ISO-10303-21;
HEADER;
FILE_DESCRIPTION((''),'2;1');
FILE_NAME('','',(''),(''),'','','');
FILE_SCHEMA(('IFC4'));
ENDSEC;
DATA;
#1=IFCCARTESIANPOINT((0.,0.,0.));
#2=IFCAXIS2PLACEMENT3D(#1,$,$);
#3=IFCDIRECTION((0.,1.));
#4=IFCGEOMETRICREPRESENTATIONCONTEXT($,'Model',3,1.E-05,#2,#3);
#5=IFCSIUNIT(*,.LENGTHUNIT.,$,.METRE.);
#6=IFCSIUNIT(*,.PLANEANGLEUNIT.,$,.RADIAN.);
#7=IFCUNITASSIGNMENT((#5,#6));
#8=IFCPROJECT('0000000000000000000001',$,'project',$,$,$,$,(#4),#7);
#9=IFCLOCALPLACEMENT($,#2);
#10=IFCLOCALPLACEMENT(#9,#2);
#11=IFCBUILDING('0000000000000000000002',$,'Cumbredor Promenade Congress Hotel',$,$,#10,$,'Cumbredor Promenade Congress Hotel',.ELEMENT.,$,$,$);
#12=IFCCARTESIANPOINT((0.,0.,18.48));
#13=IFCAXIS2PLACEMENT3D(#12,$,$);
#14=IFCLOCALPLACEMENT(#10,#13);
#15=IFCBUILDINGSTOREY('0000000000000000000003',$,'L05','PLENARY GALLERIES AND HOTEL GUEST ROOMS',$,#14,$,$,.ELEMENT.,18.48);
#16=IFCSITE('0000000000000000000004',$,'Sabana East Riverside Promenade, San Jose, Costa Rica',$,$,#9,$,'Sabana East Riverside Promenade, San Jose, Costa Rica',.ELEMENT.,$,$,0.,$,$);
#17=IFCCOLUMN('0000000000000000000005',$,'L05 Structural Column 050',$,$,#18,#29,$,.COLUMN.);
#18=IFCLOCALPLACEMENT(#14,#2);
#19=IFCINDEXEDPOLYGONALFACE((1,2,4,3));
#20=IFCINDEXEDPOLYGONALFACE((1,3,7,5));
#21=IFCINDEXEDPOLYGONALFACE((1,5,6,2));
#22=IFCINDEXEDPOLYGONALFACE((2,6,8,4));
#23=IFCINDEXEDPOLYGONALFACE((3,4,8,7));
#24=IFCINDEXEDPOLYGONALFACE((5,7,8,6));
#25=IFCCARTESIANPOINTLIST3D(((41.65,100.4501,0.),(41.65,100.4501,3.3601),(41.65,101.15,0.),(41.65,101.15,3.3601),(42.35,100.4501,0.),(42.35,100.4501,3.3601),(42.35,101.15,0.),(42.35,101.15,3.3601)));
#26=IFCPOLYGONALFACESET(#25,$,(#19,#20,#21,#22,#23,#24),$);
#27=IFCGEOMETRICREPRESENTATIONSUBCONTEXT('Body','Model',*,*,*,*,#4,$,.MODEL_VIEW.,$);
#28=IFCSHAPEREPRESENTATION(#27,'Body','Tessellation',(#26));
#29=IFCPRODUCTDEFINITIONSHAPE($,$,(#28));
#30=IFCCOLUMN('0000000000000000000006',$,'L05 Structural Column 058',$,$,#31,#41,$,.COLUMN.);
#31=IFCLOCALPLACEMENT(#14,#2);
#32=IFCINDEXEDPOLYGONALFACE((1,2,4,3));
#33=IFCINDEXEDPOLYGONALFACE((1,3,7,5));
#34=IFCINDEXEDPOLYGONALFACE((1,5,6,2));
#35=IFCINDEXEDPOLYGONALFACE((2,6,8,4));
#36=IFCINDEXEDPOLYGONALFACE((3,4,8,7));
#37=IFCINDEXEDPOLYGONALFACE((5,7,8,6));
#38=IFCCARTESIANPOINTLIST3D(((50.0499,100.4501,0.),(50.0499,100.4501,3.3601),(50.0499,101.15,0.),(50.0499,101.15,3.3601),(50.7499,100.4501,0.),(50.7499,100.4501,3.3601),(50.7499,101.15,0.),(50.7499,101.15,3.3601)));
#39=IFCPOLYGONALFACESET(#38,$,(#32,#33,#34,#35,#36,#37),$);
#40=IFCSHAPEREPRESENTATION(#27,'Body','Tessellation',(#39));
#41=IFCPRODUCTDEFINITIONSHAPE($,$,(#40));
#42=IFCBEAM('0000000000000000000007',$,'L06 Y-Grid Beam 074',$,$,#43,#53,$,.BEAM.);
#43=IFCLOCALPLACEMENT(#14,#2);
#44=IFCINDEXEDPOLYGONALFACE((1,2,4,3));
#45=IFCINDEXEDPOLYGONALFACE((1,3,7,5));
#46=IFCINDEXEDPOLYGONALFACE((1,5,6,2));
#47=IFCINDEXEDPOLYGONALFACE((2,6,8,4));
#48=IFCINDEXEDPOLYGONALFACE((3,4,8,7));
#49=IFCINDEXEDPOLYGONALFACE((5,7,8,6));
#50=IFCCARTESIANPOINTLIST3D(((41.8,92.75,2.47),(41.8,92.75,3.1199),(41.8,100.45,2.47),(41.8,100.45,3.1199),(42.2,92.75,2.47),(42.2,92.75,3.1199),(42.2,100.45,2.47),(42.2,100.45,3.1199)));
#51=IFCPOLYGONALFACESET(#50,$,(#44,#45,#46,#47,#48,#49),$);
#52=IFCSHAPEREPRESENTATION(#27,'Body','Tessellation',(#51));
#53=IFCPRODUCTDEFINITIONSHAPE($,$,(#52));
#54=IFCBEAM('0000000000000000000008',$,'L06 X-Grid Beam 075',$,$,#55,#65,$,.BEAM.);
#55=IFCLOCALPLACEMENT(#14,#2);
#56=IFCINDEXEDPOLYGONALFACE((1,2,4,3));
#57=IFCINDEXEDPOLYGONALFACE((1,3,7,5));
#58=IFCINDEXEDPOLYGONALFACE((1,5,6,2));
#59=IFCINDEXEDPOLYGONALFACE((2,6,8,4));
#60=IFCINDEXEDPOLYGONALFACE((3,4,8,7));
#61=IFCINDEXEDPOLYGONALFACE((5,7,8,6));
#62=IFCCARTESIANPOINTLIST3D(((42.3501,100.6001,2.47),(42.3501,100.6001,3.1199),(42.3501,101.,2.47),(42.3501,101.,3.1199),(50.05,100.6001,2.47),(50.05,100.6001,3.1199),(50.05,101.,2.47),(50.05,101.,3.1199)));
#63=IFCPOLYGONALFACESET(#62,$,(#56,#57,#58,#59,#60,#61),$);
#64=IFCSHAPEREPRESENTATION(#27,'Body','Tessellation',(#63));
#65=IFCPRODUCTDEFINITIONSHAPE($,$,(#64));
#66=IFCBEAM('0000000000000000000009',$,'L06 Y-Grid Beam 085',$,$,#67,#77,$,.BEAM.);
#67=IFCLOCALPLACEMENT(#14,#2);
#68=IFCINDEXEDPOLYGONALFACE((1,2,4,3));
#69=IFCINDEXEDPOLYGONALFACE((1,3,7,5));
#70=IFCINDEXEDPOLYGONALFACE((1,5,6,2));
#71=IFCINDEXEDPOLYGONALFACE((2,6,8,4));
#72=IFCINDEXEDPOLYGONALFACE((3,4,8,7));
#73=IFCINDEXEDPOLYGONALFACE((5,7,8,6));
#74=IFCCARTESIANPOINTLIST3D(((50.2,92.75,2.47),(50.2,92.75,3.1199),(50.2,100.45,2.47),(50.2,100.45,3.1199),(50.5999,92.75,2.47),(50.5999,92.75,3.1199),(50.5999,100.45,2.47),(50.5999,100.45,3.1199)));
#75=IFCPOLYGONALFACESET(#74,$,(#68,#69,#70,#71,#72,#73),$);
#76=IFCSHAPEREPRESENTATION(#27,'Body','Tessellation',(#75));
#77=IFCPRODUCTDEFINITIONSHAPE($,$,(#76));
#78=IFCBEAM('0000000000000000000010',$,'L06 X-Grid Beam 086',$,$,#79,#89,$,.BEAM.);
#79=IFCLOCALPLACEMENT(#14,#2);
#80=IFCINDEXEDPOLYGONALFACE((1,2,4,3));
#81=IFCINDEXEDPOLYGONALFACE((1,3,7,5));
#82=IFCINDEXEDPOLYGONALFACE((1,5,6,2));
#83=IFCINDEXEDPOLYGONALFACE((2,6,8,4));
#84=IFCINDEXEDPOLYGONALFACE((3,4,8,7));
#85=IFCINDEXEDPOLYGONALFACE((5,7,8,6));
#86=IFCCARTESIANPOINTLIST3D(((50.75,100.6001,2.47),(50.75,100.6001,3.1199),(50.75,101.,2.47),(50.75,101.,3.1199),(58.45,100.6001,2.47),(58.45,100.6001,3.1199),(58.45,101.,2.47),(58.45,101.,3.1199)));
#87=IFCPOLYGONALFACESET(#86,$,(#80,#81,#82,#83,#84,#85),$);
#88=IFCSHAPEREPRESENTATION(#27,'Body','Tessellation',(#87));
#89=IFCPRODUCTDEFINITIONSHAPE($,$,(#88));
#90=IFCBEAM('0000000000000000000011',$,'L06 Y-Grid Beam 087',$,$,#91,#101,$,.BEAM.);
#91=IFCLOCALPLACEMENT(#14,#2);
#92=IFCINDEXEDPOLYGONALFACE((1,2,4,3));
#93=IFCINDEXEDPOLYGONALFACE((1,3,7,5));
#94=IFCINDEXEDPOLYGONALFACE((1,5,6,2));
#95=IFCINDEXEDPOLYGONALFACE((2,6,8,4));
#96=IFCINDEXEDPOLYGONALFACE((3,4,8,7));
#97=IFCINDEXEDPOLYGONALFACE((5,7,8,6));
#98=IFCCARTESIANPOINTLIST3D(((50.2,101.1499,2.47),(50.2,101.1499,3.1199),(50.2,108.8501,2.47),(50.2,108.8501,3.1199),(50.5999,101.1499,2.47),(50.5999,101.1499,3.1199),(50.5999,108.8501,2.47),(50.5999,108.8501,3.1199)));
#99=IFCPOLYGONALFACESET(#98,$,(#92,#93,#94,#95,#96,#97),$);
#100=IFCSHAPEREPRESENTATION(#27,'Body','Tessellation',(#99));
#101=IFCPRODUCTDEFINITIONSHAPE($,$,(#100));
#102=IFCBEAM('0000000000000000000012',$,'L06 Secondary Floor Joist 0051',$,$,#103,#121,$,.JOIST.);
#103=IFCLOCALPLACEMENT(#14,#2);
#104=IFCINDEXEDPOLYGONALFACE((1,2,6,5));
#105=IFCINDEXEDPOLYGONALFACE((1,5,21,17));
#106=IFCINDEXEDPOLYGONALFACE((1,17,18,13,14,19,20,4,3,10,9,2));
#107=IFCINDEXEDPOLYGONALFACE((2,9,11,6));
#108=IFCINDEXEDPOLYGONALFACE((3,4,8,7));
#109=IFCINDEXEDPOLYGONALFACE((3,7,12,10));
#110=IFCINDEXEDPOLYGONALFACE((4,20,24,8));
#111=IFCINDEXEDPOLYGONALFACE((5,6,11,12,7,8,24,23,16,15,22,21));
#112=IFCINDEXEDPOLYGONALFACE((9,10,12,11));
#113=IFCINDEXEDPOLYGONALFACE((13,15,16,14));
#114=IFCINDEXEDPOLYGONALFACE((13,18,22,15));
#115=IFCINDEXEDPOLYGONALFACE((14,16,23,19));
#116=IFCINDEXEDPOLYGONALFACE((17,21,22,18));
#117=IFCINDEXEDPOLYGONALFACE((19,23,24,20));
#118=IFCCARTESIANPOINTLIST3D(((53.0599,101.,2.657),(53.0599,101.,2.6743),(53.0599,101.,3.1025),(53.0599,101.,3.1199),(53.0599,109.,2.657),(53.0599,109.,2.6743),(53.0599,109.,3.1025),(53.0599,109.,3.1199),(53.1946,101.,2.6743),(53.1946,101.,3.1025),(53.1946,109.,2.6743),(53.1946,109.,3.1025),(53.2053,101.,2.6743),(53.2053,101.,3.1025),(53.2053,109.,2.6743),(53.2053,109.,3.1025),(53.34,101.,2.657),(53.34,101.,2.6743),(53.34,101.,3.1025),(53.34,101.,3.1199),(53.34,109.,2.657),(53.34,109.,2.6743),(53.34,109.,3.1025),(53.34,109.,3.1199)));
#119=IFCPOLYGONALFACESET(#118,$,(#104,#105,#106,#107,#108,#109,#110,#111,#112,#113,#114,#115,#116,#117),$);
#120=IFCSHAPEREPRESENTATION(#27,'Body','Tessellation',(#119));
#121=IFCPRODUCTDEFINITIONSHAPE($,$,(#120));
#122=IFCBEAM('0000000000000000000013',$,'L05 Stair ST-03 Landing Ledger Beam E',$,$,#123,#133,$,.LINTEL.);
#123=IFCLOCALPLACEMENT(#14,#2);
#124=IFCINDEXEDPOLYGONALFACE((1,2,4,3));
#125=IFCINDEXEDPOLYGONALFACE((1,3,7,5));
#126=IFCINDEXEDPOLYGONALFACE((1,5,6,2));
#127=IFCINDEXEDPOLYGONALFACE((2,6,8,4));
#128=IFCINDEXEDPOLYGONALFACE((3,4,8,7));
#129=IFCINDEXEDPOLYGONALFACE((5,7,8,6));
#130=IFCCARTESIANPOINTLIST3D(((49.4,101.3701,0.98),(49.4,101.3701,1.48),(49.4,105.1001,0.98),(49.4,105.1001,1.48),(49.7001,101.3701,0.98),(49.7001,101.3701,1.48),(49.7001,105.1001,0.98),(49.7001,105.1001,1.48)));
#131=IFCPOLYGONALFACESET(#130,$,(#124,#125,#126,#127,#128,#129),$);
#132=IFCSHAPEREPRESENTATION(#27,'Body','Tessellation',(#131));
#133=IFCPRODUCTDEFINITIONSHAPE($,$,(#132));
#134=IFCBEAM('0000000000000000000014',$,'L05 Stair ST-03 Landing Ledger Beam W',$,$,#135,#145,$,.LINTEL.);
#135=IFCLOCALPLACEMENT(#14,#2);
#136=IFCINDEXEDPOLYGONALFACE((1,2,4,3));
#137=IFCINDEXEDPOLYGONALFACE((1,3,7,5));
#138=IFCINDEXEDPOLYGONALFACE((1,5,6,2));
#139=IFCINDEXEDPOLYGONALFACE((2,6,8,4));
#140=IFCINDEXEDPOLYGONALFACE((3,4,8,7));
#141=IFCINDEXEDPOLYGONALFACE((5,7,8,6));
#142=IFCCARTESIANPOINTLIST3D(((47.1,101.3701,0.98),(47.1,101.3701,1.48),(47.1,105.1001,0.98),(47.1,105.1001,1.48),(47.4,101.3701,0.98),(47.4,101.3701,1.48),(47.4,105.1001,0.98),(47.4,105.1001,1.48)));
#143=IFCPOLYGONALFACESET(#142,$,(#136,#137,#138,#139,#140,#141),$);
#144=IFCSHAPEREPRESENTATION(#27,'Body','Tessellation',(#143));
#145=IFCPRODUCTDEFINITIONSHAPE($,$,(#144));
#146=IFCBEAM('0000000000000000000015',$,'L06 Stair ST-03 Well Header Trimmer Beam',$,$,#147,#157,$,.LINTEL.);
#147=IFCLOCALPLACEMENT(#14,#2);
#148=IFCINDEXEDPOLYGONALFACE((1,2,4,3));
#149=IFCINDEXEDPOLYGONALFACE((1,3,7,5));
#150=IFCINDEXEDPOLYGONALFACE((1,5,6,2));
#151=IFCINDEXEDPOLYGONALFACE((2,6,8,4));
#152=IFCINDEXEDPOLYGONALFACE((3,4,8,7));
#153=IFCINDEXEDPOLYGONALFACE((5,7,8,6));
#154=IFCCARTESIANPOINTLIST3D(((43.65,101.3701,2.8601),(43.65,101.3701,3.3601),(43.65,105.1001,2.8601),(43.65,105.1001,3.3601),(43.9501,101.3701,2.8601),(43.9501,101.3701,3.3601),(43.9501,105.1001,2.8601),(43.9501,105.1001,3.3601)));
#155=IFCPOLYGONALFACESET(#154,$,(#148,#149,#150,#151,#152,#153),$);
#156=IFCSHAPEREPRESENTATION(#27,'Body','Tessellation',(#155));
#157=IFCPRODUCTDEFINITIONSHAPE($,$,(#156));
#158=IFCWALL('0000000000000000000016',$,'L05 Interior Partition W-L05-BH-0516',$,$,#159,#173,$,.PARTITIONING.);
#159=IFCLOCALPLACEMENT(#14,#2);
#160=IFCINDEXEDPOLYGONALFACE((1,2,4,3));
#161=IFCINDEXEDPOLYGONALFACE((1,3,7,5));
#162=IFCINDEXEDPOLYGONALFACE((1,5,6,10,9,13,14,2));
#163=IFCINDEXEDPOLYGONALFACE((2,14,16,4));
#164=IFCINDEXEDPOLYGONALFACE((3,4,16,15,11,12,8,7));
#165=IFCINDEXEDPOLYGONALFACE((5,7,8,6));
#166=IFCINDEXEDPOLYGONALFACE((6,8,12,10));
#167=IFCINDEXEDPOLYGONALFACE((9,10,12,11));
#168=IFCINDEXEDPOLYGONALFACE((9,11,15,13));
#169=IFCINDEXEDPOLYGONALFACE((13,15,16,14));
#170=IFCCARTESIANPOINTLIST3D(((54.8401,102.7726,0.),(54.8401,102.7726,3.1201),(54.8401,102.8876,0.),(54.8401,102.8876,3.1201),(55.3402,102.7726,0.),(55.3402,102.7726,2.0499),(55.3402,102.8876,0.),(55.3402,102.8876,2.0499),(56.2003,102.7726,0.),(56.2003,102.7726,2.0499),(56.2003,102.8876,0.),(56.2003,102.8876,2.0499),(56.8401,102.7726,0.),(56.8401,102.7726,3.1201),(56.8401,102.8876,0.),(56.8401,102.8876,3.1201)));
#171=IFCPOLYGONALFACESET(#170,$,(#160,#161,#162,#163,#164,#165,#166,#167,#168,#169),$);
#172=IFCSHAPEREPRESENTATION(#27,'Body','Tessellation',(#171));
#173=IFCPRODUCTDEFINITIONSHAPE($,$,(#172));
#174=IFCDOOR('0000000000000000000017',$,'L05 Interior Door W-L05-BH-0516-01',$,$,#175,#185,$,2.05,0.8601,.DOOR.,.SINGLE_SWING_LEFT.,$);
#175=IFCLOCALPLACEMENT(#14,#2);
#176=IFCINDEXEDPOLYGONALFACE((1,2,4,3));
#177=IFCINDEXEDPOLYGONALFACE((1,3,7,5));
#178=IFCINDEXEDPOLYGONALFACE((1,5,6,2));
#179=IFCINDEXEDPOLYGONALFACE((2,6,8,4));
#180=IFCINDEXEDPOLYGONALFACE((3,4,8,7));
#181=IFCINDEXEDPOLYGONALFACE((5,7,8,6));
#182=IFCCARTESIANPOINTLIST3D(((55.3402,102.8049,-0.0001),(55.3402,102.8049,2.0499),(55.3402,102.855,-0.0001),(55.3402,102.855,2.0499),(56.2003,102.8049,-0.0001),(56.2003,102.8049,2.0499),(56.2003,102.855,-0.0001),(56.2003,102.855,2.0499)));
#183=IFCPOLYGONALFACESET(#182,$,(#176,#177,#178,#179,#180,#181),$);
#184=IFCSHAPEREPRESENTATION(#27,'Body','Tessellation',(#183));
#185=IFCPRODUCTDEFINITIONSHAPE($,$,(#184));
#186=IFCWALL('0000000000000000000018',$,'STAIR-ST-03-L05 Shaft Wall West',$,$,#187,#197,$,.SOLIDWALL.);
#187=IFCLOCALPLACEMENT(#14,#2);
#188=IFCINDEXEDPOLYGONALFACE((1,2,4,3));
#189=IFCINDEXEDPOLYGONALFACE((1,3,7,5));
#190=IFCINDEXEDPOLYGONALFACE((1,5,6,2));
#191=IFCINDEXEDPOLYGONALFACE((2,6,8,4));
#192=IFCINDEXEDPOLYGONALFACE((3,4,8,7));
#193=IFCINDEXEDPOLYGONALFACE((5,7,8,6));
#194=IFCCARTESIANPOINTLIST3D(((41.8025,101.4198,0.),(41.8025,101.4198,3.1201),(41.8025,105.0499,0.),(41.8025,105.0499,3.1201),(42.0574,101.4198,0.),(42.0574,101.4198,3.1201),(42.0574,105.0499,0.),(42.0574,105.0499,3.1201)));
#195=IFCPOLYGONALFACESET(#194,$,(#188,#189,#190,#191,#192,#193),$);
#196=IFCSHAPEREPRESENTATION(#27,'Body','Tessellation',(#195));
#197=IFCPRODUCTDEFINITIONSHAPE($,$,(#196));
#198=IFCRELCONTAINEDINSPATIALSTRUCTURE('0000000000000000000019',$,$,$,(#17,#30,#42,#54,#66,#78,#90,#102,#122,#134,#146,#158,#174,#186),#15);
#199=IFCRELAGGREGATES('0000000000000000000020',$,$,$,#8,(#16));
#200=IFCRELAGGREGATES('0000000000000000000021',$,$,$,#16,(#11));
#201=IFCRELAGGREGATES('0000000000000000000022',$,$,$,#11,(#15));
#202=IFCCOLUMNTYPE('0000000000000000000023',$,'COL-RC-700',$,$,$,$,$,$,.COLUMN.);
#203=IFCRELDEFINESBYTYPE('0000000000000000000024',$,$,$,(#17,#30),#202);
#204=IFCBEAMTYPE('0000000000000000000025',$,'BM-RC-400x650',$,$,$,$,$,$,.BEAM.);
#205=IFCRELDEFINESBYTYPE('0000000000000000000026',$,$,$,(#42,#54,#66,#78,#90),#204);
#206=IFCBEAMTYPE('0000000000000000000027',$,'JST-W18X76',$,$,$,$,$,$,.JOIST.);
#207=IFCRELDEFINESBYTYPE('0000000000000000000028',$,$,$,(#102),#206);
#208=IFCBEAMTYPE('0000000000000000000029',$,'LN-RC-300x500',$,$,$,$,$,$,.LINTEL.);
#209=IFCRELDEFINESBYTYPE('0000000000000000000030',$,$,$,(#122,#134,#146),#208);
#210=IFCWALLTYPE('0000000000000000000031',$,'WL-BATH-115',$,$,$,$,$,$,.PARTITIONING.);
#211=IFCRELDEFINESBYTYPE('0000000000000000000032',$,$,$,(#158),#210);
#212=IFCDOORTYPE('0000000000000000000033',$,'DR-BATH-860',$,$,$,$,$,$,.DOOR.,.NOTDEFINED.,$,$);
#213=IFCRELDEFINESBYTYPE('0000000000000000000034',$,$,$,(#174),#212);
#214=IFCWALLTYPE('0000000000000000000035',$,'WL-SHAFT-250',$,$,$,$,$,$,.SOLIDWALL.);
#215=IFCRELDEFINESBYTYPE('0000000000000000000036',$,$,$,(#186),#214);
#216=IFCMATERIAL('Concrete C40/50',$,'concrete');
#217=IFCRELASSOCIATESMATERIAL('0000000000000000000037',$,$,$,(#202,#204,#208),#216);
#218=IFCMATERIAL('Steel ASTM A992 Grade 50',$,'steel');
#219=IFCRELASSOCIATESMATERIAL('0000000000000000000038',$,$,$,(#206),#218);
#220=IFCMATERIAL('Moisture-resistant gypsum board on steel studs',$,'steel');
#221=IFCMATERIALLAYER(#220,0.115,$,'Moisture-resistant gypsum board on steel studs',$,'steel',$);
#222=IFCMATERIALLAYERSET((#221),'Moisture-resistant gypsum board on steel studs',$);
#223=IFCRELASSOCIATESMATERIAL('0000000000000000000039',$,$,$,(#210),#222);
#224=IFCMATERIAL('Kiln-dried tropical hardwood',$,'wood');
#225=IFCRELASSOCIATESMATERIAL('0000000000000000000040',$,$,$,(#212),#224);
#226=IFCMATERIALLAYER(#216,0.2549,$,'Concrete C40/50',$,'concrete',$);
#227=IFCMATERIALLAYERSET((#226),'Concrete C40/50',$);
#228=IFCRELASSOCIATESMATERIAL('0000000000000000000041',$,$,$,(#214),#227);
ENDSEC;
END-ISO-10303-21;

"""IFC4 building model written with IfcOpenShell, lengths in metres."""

from ifc_helpers import new_model, si_unit, direction, frame, frame_2d, origin, origin_2d, place, context, subcontext, project, spatial, rectangle, i_section, extrude, material, layer, layer_set, material_profile, profile_set, type_object, element, fill, save


model = new_model("IFC4")

# Units and contexts
model_context = context("Model", 3, precision=1e-05, world=origin(), true_north=direction((0.0, 1.0)))
body_context = subcontext(model_context, "Body", "Model", "MODEL_VIEW")
ifc_project = project(units=[si_unit("LENGTHUNIT", "METRE"), si_unit("PLANEANGLEUNIT", "RADIAN")], contexts=[model_context])

# Site, building, storey
site_placement = place(None, origin())
site = spatial("IfcSite", under=ifc_project, at=site_placement, Name="Sabana East Riverside Promenade, San Jose, Costa Rica", LongName="Sabana East Riverside Promenade, San Jose, Costa Rica", CompositionType="ELEMENT", RefElevation=0.0)
building_placement = place(site_placement, origin())
building = spatial("IfcBuilding", under=site, at=building_placement, Name="Cumbredor Promenade Congress Hotel", LongName="Cumbredor Promenade Congress Hotel", CompositionType="ELEMENT")
storey_placement = place(building_placement, frame((0.0, 0.0, 18.48)))
storey = spatial("IfcBuildingStorey", under=building, at=storey_placement, Name="L05", Description="PLENARY GALLERIES AND HOTEL GUEST ROOMS", CompositionType="ELEMENT", Elevation=18.48)

# Columns
ifc_material_1 = material(Name="Concrete C40/50", Category="concrete")
ifc_material_profile_1 = material_profile(ifc_material_1, rectangle(XDim=0.7, YDim=0.7, at=origin_2d()), Name="RC 700x700")
ifc_profile_set_1 = profile_set([ifc_material_profile_1], Name="Concrete C40/50")
column_type = type_object("IfcColumnType", Name="COL-RC-700", PredefinedType="COLUMN", material=ifc_profile_set_1)
for number, where, z_axis, x_axis, name in (
    (1, (42.0, 100.8, 0.0), (0.0, 0.0, 1.0), (1.0, 0.0, 0.0), "L05 Structural Column 050"),
    (2, (50.3999, 100.8, 0.0), (0.0, 0.0, 1.0), (1.0, 0.0, 0.0), "L05 Structural Column 058"),
):
    element("IfcColumn", number, at=place(storey_placement, frame(where, z_axis=z_axis, x_axis=x_axis)), inside=storey, type_object=column_type, Name=name, PredefinedType="COLUMN", context=body_context, shape_type="SweptSolid", body=[
        extrude(rectangle(XDim=0.7, YDim=0.7, at=origin_2d()), origin(), (0.0, 0.0, 1.0), 3.3601),
    ])

# Beams
ifc_material_profile_2 = material_profile(ifc_material_1, rectangle(XDim=0.3999, YDim=0.6499, at=origin_2d()), Name="RC BEAM 400x650")
ifc_profile_set_2 = profile_set([ifc_material_profile_2], Name="Concrete C40/50")
beam_type_1 = type_object("IfcBeamType", Name="BM-RC-400x650", PredefinedType="BEAM", material=ifc_profile_set_2)
for number, where, z_axis, x_axis, name in (
    (3, (42.0, 92.75, 2.7949), (0.0, 1.0, 0.0), (-1.0, 0.0, 0.0), "L06 Y-Grid Beam 074"),
    (4, (42.3501, 100.8, 2.7949), (1.0, 0.0, 0.0), (0.0, 1.0, 0.0), "L06 X-Grid Beam 075"),
    (5, (50.3999, 92.75, 2.7949), (0.0, 1.0, 0.0), (-1.0, 0.0, 0.0), "L06 Y-Grid Beam 085"),
    (6, (50.75, 100.8, 2.7949), (1.0, 0.0, 0.0), (0.0, 1.0, 0.0), "L06 X-Grid Beam 086"),
):
    element("IfcBeam", number, at=place(storey_placement, frame(where, z_axis=z_axis, x_axis=x_axis)), inside=storey, type_object=beam_type_1, Name=name, PredefinedType="BEAM", context=body_context, shape_type="SweptSolid", body=[
        extrude(rectangle(XDim=0.3999, YDim=0.6499, at=origin_2d()), origin(), (0.0, 0.0, 1.0), 7.7),
    ])
beam_1_placement = place(storey_placement, frame((50.3999, 101.1499, 2.7949), z_axis=(0.0, 1.0, 0.0), x_axis=(-1.0, 0.0, 0.0)))
element("IfcBeam", 7, at=beam_1_placement, inside=storey, type_object=beam_type_1, Name="L06 Y-Grid Beam 087", PredefinedType="BEAM", context=body_context, shape_type="SweptSolid", body=[
    extrude(rectangle(XDim=0.3999, YDim=0.6499, at=origin_2d()), origin(), (0.0, 0.0, 1.0), 7.7002),
])
ifc_material_2 = material(Name="Steel ASTM A992 Grade 50", Category="steel")
ifc_material_profile_3 = material_profile(ifc_material_2, i_section(OverallWidth=0.28, OverallDepth=0.4629, WebThickness=0.0107, FlangeThickness=0.0173, at=origin_2d()), Name="W18X76")
ifc_profile_set_3 = profile_set([ifc_material_profile_3], Name="Steel ASTM A992 Grade 50")
beam_type_2 = type_object("IfcBeamType", Name="JST-W18X76", PredefinedType="JOIST", material=ifc_profile_set_3)
beam_2_placement = place(storey_placement, frame((53.2, 101.0, 2.8884), z_axis=(0.0, 1.0, 0.0), x_axis=(-1.0, 0.0, 0.0)))
element("IfcBeam", 8, at=beam_2_placement, inside=storey, type_object=beam_type_2, Name="L06 Secondary Floor Joist 0051", PredefinedType="JOIST", context=body_context, shape_type="SweptSolid", body=[
    extrude(i_section(OverallWidth=0.28, OverallDepth=0.4629, WebThickness=0.0107, FlangeThickness=0.0173, at=origin_2d()), origin(), (0.0, 0.0, 1.0), 8.0),
])
ifc_material_profile_4 = material_profile(ifc_material_1, rectangle(XDim=0.3, YDim=0.5, at=origin_2d()), Name="RC LINTEL 300x500")
ifc_profile_set_4 = profile_set([ifc_material_profile_4], Name="Concrete C40/50")
beam_type_3 = type_object("IfcBeamType", Name="LN-RC-300x500", PredefinedType="LINTEL", material=ifc_profile_set_4)
for number, where, z_axis, x_axis, name in (
    (9, (49.55, 101.3701, 1.23), (0.0, 1.0, 0.0), (-1.0, 0.0, 0.0), "L05 Stair ST-03 Landing Ledger Beam E"),
    (10, (47.25, 101.3701, 1.23), (0.0, 1.0, 0.0), (-1.0, 0.0, 0.0), "L05 Stair ST-03 Landing Ledger Beam W"),
    (11, (43.8, 101.3701, 3.1101), (0.0, 1.0, 0.0), (-1.0, 0.0, 0.0), "L06 Stair ST-03 Well Header Trimmer Beam"),
):
    element("IfcBeam", number, at=place(storey_placement, frame(where, z_axis=z_axis, x_axis=x_axis)), inside=storey, type_object=beam_type_3, Name=name, PredefinedType="LINTEL", context=body_context, shape_type="SweptSolid", body=[
        extrude(rectangle(XDim=0.3, YDim=0.5, at=origin_2d()), origin(), (0.0, 0.0, 1.0), 3.73),
    ])

# Wall, opening, door
ifc_material_3 = material(Name="Moisture-resistant gypsum board on steel studs", Category="steel")
ifc_layer_1 = layer(ifc_material_3, 0.115, Name="Moisture-resistant gypsum board on steel studs", Category="steel")
ifc_layer_set_1 = layer_set([ifc_layer_1], Name="Moisture-resistant gypsum board on steel studs")
wall_type_1 = type_object("IfcWallType", Name="WL-BATH-115", PredefinedType="PARTITIONING", material=ifc_layer_set_1)
wall_1_placement = place(storey_placement, frame((54.8401, 102.8301, 0.0), z_axis=(0.0, 0.0, 1.0), x_axis=(1.0, 0.0, 0.0)))
wall_1 = element("IfcWall", 12, at=wall_1_placement, inside=storey, type_object=wall_type_1, Name="L05 Interior Partition W-L05-BH-0516", PredefinedType="PARTITIONING", context=body_context, shape_type="SweptSolid", body=[
    extrude(rectangle(XDim=2.0, YDim=0.115, at=frame_2d((1.0, 0.0))), origin(), (0.0, 0.0, 1.0), 3.1201),
])
opening_placement = place(wall_1_placement, frame((0.5, 0.0, 0.0)))
opening = element("IfcOpeningElement", 13, at=opening_placement, cuts=wall_1, PredefinedType="OPENING", context=body_context, shape_type="SweptSolid", body=[
    extrude(rectangle(XDim=0.8601, YDim=2.05, at=frame_2d((0.4302, 1.0249))), frame((0.0, 0.0674, 0.0), z_axis=(0.0, -1.0, 0.0), x_axis=(1.0, 0.0, 0.0)), (0.0, 0.0, 1.0), 0.135),
])
ifc_material_4 = material(Name="Kiln-dried tropical hardwood", Category="wood")
door_type = type_object("IfcDoorType", Name="DR-BATH-860", OperationType="NOTDEFINED", PredefinedType="DOOR", material=ifc_material_4)
door_placement = place(opening_placement, origin())
door = element("IfcDoor", 14, at=door_placement, inside=storey, type_object=door_type, Name="L05 Interior Door W-L05-BH-0516-01", OperationType="SINGLE_SWING_LEFT", OverallHeight=2.05, OverallWidth=0.8601, PredefinedType="DOOR", context=body_context, shape_type="SweptSolid", body=[
    extrude(rectangle(XDim=0.8601, YDim=2.05, at=frame_2d((0.4302, 1.0249))), frame((0.0, 0.0249, 0.0), z_axis=(0.0, -1.0, 0.0), x_axis=(1.0, 0.0, 0.0)), (0.0, 0.0, 1.0), 0.05),
])
fill(opening, door)

# Wall
ifc_layer_2 = layer(ifc_material_1, 0.2549, Name="Concrete C40/50", Category="concrete")
ifc_layer_set_2 = layer_set([ifc_layer_2], Name="Concrete C40/50")
wall_type_2 = type_object("IfcWallType", Name="WL-SHAFT-250", PredefinedType="SOLIDWALL", material=ifc_layer_set_2)
for number, where, z_axis, x_axis, name in (
    (15, (41.9299, 101.4199, 0.0), (0.0, 0.0, 1.0), (0.0, 1.0, 0.0), "STAIR-ST-03-L05 Shaft Wall West"),
):
    element("IfcWall", number, at=place(storey_placement, frame(where, z_axis=z_axis, x_axis=x_axis)), inside=storey, type_object=wall_type_2, Name=name, PredefinedType="SOLIDWALL", context=body_context, shape_type="SweptSolid", body=[
        extrude(rectangle(XDim=3.6301, YDim=0.2549, at=frame_2d((1.8149, 0.0))), origin(), (0.0, 0.0, 1.0), 3.1201),
    ])

save(model, "model.ifc")
